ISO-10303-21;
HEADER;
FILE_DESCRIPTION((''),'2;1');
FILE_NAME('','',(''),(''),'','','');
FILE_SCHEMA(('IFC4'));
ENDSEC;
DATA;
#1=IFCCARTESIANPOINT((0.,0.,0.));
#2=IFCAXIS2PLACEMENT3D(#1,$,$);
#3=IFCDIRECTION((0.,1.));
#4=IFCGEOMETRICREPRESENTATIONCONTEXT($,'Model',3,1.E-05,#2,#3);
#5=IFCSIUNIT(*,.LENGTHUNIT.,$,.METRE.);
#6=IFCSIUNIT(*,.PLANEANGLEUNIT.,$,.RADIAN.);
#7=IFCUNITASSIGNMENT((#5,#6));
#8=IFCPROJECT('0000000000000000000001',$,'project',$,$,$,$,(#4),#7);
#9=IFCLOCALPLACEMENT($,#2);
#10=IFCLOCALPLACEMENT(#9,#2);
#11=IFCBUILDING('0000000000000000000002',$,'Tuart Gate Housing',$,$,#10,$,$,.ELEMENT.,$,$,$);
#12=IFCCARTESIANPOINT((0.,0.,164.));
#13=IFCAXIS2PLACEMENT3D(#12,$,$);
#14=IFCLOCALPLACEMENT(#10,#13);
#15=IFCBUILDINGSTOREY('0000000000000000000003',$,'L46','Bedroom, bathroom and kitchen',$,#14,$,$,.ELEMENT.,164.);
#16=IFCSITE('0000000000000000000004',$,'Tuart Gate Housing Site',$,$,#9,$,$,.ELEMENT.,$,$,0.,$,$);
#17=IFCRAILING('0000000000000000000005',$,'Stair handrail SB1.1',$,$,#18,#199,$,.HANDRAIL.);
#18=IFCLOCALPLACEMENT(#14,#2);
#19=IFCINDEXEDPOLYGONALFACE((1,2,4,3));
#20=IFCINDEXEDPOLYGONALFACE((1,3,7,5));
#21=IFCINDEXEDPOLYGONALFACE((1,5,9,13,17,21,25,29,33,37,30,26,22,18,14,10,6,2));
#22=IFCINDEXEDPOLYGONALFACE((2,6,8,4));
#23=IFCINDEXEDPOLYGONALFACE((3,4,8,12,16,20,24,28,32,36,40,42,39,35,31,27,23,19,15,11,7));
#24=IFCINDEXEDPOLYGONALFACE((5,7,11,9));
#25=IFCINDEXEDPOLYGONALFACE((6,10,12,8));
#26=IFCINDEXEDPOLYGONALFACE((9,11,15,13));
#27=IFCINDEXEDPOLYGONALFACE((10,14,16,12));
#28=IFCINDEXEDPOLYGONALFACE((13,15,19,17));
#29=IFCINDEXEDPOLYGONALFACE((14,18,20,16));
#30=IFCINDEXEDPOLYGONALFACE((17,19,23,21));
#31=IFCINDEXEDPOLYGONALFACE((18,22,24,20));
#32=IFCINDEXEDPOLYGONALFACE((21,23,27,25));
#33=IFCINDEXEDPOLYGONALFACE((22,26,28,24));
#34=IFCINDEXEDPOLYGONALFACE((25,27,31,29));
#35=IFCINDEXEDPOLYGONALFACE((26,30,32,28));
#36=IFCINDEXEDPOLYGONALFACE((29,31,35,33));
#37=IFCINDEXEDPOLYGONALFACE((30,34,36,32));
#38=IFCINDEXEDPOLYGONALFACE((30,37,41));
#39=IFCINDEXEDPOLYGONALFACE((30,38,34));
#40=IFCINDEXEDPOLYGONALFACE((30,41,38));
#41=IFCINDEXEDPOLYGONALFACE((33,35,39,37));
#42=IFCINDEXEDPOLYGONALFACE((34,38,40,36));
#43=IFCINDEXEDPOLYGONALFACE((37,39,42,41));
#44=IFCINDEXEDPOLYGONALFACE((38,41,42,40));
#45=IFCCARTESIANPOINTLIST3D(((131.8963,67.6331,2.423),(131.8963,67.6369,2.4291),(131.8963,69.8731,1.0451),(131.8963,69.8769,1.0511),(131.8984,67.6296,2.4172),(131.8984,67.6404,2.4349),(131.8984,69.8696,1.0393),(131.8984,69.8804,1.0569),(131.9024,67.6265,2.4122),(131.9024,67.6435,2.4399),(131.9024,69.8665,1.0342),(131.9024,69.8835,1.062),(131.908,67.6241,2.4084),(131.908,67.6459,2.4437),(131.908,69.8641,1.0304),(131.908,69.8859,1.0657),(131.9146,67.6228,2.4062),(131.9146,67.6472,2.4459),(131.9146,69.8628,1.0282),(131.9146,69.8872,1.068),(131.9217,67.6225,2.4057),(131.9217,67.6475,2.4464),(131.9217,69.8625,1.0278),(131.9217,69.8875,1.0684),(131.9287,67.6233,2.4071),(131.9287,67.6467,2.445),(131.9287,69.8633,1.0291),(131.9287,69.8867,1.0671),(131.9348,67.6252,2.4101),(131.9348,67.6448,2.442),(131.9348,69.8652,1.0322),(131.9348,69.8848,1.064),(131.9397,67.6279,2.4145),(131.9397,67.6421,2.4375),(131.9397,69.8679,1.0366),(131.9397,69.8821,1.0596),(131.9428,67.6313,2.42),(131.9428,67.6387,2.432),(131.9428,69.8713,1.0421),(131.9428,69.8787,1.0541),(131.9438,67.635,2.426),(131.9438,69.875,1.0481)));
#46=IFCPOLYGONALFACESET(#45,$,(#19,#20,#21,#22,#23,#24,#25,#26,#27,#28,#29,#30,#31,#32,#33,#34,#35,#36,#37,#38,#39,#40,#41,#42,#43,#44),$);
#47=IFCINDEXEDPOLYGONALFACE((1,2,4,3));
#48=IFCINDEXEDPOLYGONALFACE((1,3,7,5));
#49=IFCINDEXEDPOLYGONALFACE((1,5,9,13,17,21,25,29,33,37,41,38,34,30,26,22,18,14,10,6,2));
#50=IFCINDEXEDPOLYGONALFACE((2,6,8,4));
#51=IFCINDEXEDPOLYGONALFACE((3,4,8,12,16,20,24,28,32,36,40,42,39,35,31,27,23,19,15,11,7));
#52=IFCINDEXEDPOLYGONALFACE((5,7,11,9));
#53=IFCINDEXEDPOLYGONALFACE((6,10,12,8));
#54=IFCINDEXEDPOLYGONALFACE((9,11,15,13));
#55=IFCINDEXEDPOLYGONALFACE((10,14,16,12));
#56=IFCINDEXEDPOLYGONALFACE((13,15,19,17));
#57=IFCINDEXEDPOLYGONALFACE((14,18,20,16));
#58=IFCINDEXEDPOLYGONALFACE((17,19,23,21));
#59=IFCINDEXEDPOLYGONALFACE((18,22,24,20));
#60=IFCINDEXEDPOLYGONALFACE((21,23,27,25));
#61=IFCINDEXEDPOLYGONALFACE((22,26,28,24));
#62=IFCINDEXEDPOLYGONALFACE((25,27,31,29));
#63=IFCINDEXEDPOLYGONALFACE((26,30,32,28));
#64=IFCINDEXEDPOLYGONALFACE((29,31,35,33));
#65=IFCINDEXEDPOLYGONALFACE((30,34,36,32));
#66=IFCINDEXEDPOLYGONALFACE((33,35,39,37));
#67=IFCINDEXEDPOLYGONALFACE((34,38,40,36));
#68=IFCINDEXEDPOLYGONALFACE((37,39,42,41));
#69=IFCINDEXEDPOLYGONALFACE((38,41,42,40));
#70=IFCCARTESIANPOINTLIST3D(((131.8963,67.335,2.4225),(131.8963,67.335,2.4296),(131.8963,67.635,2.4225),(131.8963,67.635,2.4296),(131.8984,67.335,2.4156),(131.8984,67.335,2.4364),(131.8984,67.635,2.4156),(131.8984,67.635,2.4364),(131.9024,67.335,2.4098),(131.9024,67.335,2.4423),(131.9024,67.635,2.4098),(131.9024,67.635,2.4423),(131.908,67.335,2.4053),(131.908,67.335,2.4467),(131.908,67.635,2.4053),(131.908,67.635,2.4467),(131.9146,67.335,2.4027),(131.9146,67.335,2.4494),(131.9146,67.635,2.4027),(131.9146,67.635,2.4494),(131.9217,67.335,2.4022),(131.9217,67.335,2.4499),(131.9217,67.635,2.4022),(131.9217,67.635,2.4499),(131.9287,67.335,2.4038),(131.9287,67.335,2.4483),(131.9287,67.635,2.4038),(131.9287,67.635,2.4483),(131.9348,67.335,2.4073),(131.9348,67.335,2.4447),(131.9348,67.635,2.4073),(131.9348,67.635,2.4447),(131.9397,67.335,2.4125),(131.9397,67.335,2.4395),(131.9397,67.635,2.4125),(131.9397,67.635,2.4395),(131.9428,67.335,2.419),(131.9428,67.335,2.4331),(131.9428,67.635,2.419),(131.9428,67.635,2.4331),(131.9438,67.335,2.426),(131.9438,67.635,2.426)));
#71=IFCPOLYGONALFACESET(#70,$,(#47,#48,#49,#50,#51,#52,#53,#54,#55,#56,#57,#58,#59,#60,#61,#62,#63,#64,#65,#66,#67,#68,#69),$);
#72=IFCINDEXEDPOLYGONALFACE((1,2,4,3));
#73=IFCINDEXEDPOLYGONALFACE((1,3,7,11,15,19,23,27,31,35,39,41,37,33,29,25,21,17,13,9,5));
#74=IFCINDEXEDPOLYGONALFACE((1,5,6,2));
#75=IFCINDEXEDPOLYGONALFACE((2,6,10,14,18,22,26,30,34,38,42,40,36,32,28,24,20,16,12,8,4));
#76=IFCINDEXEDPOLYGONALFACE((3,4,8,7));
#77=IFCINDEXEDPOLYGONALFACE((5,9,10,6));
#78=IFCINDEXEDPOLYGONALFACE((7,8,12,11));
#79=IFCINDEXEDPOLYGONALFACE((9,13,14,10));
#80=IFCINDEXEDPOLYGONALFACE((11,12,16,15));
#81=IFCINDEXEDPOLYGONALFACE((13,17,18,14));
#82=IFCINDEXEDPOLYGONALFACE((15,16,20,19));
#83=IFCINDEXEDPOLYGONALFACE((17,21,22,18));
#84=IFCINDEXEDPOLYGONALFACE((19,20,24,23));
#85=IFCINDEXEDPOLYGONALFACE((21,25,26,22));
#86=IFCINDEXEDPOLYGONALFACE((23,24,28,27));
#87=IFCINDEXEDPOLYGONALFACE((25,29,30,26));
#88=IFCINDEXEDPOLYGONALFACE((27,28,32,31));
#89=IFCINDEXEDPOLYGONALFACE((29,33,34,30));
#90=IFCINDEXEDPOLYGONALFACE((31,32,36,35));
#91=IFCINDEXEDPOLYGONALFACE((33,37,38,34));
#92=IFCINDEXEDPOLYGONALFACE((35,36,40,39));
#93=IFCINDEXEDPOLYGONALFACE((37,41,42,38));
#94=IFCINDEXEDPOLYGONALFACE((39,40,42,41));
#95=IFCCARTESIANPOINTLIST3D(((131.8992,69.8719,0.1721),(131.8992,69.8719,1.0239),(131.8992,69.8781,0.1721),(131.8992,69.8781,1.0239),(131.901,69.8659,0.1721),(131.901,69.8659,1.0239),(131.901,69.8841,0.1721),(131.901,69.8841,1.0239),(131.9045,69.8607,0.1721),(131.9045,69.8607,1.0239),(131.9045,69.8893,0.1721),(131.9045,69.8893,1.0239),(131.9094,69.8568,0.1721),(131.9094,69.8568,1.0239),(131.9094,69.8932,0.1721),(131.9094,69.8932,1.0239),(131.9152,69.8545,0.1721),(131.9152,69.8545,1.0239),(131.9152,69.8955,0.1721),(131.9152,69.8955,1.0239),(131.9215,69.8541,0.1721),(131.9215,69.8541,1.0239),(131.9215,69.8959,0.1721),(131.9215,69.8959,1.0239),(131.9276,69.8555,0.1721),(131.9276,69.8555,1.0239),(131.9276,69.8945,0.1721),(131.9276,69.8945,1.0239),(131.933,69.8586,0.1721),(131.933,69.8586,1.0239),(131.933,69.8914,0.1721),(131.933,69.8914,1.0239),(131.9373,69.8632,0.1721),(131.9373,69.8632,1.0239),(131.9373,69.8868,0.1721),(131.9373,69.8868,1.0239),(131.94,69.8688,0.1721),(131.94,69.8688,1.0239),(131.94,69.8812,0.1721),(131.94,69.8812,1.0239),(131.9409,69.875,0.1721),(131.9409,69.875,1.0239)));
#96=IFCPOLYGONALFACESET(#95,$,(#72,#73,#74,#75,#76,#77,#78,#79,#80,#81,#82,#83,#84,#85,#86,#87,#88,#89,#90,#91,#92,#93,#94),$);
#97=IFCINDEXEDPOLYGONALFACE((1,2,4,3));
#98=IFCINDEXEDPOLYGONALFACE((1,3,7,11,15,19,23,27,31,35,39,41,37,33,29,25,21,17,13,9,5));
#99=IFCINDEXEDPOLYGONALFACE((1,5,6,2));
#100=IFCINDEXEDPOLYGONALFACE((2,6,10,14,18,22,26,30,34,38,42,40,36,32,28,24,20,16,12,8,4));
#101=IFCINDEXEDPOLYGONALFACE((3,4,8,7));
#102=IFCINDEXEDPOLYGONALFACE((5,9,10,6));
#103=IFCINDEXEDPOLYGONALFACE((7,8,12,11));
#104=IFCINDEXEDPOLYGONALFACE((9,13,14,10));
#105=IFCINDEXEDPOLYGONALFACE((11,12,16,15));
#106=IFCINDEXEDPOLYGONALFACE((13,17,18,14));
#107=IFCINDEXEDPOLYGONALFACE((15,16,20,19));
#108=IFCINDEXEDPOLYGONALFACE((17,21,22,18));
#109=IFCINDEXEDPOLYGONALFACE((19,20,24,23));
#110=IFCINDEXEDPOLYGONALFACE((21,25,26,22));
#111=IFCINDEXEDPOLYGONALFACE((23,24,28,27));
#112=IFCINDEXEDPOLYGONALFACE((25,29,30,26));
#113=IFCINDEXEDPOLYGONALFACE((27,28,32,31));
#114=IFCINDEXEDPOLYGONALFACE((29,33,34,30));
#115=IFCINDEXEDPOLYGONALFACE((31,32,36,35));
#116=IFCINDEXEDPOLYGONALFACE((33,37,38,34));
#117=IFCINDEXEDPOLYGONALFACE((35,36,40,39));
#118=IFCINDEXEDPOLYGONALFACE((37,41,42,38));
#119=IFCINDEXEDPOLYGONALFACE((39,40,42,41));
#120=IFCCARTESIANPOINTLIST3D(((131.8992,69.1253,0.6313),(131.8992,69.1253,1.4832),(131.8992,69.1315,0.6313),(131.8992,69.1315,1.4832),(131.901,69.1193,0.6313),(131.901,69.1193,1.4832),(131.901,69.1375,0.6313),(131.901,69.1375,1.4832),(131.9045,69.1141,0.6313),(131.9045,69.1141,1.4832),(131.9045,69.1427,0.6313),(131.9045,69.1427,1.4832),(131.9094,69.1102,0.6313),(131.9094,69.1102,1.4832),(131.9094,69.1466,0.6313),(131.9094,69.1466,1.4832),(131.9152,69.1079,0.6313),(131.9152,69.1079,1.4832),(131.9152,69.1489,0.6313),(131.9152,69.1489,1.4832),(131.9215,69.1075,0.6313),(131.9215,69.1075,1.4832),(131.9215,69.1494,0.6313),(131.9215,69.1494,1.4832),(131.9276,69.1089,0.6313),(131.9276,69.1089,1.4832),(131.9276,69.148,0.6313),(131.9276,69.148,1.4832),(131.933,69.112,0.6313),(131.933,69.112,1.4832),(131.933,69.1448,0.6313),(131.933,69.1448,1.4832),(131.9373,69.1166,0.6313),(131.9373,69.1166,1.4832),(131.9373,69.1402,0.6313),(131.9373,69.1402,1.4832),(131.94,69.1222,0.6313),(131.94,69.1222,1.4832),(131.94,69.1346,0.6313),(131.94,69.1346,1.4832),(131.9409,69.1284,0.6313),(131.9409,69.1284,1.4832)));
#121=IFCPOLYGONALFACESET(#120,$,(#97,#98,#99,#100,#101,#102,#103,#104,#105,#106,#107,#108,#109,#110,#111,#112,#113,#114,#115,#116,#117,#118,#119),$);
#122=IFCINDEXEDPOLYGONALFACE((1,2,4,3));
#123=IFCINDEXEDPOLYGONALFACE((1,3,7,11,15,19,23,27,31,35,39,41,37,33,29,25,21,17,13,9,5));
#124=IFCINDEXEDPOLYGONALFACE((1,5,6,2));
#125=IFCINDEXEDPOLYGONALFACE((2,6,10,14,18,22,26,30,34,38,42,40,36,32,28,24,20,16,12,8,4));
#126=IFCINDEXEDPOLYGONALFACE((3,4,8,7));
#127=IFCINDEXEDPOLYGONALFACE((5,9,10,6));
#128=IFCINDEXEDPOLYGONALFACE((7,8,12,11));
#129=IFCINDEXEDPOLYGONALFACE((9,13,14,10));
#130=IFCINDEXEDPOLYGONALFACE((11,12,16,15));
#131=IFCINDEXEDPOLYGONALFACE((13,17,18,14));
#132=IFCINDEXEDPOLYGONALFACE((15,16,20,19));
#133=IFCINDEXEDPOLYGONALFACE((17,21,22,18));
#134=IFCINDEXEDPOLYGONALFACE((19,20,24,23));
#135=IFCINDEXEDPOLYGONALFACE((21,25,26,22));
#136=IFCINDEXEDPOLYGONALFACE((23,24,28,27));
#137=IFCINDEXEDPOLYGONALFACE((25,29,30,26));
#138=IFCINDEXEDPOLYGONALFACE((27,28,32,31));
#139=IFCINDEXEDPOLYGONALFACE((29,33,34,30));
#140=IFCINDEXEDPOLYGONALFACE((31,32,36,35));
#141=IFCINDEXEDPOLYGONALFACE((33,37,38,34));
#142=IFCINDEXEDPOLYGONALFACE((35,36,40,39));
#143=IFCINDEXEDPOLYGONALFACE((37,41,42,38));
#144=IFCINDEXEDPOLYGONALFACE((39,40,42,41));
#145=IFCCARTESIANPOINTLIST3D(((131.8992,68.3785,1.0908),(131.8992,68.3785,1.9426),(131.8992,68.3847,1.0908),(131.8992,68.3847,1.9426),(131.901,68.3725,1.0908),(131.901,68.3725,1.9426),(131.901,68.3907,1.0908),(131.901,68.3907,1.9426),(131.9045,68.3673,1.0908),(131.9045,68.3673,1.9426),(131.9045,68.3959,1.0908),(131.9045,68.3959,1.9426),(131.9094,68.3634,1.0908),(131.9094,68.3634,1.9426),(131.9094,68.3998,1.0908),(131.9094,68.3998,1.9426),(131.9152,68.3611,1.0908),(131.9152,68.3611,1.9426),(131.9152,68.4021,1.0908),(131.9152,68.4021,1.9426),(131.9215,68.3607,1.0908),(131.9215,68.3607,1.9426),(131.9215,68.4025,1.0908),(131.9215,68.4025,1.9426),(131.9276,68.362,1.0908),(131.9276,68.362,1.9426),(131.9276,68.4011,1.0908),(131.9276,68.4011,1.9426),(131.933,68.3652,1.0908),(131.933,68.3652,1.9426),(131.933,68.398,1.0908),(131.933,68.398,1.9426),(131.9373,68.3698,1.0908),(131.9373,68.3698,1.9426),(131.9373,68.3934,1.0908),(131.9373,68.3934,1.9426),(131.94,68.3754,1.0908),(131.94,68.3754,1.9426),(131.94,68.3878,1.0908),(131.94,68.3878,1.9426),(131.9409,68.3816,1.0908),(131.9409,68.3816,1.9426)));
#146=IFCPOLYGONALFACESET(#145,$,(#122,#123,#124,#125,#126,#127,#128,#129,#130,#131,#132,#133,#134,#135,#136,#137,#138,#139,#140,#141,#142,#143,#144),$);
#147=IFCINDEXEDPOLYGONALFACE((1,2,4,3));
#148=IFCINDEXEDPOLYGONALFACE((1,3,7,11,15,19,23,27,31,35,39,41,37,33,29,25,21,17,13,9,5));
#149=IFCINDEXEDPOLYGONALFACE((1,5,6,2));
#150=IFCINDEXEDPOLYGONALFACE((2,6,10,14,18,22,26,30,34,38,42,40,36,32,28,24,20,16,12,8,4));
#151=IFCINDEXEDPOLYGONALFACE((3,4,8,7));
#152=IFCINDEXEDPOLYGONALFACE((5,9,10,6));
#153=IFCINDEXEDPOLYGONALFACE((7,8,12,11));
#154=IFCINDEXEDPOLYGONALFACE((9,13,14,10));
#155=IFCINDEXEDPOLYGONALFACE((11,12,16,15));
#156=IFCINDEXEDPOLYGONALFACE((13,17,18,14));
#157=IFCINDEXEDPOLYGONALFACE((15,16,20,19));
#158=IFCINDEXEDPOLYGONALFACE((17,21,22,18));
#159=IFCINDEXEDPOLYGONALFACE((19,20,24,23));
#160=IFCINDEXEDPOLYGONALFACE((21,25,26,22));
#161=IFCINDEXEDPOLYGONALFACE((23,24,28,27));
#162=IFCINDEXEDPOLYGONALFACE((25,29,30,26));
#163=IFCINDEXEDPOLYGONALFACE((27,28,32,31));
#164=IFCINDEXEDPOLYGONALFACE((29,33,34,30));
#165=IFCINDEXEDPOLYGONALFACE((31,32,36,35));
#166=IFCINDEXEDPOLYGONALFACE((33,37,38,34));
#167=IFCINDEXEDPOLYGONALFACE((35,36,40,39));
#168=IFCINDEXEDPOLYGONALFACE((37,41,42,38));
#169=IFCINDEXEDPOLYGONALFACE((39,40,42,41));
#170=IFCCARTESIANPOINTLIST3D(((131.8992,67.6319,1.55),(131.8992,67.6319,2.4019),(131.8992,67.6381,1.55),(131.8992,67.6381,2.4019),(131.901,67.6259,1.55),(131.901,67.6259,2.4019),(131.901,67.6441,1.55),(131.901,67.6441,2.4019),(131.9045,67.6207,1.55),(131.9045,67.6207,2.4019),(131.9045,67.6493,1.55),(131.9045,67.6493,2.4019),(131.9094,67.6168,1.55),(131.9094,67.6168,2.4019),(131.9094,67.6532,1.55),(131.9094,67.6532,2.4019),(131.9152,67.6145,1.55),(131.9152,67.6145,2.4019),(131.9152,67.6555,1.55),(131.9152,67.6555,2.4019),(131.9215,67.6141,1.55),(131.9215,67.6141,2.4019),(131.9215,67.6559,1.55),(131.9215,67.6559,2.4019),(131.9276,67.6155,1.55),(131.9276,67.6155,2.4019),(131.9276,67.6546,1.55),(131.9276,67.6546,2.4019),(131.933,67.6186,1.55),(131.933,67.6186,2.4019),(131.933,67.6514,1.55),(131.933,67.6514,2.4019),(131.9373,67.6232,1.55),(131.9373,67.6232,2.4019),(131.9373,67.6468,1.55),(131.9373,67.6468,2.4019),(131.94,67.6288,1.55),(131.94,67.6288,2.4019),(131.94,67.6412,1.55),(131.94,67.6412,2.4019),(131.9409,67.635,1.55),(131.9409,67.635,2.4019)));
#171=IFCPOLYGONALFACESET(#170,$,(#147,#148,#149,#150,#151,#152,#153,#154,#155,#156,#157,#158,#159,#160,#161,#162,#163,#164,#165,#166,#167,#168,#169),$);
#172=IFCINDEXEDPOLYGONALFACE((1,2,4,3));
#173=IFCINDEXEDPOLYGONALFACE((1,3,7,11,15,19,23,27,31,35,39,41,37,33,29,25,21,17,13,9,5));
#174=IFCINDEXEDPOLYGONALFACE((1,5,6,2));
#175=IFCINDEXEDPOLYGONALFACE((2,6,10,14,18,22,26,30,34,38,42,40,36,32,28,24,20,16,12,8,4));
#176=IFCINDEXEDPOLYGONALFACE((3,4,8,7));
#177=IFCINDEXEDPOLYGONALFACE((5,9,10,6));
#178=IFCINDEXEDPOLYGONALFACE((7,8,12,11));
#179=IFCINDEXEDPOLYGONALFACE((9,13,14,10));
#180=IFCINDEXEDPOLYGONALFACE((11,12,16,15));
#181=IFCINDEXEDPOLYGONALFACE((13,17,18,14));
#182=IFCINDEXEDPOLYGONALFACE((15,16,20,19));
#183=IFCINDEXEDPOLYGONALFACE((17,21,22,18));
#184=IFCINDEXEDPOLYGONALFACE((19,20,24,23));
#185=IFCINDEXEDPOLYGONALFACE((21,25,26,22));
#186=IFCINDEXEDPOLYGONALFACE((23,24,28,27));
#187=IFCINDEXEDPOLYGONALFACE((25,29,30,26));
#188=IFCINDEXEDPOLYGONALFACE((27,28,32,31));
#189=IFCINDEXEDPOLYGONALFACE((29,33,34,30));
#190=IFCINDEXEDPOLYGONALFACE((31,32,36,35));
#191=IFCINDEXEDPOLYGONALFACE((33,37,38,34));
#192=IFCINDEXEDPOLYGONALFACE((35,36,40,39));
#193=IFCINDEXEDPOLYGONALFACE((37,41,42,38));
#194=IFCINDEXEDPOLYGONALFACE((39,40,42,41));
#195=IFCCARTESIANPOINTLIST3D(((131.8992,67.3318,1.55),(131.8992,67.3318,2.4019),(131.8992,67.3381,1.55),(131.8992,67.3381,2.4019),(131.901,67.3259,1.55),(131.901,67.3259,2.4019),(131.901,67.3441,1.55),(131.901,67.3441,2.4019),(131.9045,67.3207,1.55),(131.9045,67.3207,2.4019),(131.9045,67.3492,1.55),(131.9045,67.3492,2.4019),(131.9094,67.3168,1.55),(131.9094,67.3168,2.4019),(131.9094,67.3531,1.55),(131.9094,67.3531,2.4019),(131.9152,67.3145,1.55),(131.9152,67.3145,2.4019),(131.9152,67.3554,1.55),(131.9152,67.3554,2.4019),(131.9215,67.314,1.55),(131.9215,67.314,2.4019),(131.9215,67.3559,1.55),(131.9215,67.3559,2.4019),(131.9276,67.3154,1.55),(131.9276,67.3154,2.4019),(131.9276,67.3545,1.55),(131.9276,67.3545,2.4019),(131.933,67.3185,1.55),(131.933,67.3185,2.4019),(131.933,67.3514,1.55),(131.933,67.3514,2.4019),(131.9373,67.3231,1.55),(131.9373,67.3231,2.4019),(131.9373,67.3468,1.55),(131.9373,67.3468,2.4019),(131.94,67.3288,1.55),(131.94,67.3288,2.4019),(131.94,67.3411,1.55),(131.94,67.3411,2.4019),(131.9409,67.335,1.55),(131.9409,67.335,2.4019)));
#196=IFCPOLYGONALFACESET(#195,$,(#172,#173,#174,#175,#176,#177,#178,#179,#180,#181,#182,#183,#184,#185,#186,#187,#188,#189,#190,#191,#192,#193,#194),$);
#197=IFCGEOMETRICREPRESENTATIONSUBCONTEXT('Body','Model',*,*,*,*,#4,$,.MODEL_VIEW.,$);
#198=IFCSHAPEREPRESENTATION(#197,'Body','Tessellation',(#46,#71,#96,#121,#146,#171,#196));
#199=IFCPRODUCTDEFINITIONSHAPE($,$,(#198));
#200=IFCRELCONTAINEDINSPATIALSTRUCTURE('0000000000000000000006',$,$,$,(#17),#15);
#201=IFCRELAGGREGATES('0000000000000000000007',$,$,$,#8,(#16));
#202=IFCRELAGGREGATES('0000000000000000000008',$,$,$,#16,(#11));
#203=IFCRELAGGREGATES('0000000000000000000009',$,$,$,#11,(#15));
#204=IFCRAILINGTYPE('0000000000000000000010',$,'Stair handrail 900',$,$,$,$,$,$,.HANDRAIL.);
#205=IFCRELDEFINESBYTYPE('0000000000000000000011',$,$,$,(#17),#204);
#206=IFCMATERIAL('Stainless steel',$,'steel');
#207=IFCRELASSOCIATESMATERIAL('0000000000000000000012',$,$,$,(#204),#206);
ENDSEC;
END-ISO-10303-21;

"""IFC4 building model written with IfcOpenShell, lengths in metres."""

from ifc_helpers import new_model, si_unit, direction, frame, origin, origin_2d, place, context, subcontext, project, spatial, circle, extrude, material, type_object, element, save


model = new_model("IFC4")

# Units and contexts
model_context = context("Model", 3, precision=1e-05, world=origin(), true_north=direction((0.0, 1.0)))
body_context = subcontext(model_context, "Body", "Model", "MODEL_VIEW")
ifc_project = project(units=[si_unit("LENGTHUNIT", "METRE"), si_unit("PLANEANGLEUNIT", "RADIAN")], contexts=[model_context])

# Site, building, storey
site_placement = place(None, origin())
site = spatial("IfcSite", under=ifc_project, at=site_placement, Name="Tuart Gate Housing Site", CompositionType="ELEMENT", RefElevation=0.0)
building_placement = place(site_placement, origin())
building = spatial("IfcBuilding", under=site, at=building_placement, Name="Tuart Gate Housing", CompositionType="ELEMENT")
storey_placement = place(building_placement, frame((0.0, 0.0, 164.0)))
storey = spatial("IfcBuildingStorey", under=building, at=storey_placement, Name="L46", Description="Bedroom, bathroom and kitchen", CompositionType="ELEMENT", Elevation=164.0)

# Railing
ifc_material_1 = material(Name="Stainless steel", Category="steel")
railing_type = type_object("IfcRailingType", Name="Stair handrail 900", PredefinedType="HANDRAIL", material=ifc_material_1)
railing_placement = place(storey_placement, frame((131.9199, 69.875, 0.1721)))
element("IfcRailing", 1, at=railing_placement, inside=storey, type_object=railing_type, Name="Stair handrail SB1.1", PredefinedType="HANDRAIL", context=body_context, shape_type="SweptSolid", body=[
    extrude(circle(Radius=0.0239, at=origin_2d()), frame((0.0, 0.0, 0.876), z_axis=(0.0, -0.851748, 0.523952), x_axis=(1.0, 0.0, 0.0)), (0.0, 0.0, 1.0), 2.6299),
    extrude(circle(Radius=0.0239, at=origin_2d()), frame((0.0, -2.24, 2.2539), z_axis=(0.0, -1.0, 0.0), x_axis=(1.0, 0.0, 0.0)), (0.0, 0.0, 1.0), 0.3),
    extrude(circle(Radius=0.021, at=origin_2d()), origin(), (0.0, 0.0, 1.0), 0.8518),
    extrude(circle(Radius=0.021, at=origin_2d()), frame((0.0, -0.7466, 0.4592)), (0.0, 0.0, 1.0), 0.8518),
    extrude(circle(Radius=0.021, at=origin_2d()), frame((0.0, -1.4934, 0.9187)), (0.0, 0.0, 1.0), 0.8518),
    extrude(circle(Radius=0.021, at=origin_2d()), frame((0.0, -2.24, 1.3779)), (0.0, 0.0, 1.0), 0.8518),
    extrude(circle(Radius=0.021, at=origin_2d()), frame((0.0, -2.54, 1.3779)), (0.0, 0.0, 1.0), 0.8518),
])

save(model, "model.ifc")
